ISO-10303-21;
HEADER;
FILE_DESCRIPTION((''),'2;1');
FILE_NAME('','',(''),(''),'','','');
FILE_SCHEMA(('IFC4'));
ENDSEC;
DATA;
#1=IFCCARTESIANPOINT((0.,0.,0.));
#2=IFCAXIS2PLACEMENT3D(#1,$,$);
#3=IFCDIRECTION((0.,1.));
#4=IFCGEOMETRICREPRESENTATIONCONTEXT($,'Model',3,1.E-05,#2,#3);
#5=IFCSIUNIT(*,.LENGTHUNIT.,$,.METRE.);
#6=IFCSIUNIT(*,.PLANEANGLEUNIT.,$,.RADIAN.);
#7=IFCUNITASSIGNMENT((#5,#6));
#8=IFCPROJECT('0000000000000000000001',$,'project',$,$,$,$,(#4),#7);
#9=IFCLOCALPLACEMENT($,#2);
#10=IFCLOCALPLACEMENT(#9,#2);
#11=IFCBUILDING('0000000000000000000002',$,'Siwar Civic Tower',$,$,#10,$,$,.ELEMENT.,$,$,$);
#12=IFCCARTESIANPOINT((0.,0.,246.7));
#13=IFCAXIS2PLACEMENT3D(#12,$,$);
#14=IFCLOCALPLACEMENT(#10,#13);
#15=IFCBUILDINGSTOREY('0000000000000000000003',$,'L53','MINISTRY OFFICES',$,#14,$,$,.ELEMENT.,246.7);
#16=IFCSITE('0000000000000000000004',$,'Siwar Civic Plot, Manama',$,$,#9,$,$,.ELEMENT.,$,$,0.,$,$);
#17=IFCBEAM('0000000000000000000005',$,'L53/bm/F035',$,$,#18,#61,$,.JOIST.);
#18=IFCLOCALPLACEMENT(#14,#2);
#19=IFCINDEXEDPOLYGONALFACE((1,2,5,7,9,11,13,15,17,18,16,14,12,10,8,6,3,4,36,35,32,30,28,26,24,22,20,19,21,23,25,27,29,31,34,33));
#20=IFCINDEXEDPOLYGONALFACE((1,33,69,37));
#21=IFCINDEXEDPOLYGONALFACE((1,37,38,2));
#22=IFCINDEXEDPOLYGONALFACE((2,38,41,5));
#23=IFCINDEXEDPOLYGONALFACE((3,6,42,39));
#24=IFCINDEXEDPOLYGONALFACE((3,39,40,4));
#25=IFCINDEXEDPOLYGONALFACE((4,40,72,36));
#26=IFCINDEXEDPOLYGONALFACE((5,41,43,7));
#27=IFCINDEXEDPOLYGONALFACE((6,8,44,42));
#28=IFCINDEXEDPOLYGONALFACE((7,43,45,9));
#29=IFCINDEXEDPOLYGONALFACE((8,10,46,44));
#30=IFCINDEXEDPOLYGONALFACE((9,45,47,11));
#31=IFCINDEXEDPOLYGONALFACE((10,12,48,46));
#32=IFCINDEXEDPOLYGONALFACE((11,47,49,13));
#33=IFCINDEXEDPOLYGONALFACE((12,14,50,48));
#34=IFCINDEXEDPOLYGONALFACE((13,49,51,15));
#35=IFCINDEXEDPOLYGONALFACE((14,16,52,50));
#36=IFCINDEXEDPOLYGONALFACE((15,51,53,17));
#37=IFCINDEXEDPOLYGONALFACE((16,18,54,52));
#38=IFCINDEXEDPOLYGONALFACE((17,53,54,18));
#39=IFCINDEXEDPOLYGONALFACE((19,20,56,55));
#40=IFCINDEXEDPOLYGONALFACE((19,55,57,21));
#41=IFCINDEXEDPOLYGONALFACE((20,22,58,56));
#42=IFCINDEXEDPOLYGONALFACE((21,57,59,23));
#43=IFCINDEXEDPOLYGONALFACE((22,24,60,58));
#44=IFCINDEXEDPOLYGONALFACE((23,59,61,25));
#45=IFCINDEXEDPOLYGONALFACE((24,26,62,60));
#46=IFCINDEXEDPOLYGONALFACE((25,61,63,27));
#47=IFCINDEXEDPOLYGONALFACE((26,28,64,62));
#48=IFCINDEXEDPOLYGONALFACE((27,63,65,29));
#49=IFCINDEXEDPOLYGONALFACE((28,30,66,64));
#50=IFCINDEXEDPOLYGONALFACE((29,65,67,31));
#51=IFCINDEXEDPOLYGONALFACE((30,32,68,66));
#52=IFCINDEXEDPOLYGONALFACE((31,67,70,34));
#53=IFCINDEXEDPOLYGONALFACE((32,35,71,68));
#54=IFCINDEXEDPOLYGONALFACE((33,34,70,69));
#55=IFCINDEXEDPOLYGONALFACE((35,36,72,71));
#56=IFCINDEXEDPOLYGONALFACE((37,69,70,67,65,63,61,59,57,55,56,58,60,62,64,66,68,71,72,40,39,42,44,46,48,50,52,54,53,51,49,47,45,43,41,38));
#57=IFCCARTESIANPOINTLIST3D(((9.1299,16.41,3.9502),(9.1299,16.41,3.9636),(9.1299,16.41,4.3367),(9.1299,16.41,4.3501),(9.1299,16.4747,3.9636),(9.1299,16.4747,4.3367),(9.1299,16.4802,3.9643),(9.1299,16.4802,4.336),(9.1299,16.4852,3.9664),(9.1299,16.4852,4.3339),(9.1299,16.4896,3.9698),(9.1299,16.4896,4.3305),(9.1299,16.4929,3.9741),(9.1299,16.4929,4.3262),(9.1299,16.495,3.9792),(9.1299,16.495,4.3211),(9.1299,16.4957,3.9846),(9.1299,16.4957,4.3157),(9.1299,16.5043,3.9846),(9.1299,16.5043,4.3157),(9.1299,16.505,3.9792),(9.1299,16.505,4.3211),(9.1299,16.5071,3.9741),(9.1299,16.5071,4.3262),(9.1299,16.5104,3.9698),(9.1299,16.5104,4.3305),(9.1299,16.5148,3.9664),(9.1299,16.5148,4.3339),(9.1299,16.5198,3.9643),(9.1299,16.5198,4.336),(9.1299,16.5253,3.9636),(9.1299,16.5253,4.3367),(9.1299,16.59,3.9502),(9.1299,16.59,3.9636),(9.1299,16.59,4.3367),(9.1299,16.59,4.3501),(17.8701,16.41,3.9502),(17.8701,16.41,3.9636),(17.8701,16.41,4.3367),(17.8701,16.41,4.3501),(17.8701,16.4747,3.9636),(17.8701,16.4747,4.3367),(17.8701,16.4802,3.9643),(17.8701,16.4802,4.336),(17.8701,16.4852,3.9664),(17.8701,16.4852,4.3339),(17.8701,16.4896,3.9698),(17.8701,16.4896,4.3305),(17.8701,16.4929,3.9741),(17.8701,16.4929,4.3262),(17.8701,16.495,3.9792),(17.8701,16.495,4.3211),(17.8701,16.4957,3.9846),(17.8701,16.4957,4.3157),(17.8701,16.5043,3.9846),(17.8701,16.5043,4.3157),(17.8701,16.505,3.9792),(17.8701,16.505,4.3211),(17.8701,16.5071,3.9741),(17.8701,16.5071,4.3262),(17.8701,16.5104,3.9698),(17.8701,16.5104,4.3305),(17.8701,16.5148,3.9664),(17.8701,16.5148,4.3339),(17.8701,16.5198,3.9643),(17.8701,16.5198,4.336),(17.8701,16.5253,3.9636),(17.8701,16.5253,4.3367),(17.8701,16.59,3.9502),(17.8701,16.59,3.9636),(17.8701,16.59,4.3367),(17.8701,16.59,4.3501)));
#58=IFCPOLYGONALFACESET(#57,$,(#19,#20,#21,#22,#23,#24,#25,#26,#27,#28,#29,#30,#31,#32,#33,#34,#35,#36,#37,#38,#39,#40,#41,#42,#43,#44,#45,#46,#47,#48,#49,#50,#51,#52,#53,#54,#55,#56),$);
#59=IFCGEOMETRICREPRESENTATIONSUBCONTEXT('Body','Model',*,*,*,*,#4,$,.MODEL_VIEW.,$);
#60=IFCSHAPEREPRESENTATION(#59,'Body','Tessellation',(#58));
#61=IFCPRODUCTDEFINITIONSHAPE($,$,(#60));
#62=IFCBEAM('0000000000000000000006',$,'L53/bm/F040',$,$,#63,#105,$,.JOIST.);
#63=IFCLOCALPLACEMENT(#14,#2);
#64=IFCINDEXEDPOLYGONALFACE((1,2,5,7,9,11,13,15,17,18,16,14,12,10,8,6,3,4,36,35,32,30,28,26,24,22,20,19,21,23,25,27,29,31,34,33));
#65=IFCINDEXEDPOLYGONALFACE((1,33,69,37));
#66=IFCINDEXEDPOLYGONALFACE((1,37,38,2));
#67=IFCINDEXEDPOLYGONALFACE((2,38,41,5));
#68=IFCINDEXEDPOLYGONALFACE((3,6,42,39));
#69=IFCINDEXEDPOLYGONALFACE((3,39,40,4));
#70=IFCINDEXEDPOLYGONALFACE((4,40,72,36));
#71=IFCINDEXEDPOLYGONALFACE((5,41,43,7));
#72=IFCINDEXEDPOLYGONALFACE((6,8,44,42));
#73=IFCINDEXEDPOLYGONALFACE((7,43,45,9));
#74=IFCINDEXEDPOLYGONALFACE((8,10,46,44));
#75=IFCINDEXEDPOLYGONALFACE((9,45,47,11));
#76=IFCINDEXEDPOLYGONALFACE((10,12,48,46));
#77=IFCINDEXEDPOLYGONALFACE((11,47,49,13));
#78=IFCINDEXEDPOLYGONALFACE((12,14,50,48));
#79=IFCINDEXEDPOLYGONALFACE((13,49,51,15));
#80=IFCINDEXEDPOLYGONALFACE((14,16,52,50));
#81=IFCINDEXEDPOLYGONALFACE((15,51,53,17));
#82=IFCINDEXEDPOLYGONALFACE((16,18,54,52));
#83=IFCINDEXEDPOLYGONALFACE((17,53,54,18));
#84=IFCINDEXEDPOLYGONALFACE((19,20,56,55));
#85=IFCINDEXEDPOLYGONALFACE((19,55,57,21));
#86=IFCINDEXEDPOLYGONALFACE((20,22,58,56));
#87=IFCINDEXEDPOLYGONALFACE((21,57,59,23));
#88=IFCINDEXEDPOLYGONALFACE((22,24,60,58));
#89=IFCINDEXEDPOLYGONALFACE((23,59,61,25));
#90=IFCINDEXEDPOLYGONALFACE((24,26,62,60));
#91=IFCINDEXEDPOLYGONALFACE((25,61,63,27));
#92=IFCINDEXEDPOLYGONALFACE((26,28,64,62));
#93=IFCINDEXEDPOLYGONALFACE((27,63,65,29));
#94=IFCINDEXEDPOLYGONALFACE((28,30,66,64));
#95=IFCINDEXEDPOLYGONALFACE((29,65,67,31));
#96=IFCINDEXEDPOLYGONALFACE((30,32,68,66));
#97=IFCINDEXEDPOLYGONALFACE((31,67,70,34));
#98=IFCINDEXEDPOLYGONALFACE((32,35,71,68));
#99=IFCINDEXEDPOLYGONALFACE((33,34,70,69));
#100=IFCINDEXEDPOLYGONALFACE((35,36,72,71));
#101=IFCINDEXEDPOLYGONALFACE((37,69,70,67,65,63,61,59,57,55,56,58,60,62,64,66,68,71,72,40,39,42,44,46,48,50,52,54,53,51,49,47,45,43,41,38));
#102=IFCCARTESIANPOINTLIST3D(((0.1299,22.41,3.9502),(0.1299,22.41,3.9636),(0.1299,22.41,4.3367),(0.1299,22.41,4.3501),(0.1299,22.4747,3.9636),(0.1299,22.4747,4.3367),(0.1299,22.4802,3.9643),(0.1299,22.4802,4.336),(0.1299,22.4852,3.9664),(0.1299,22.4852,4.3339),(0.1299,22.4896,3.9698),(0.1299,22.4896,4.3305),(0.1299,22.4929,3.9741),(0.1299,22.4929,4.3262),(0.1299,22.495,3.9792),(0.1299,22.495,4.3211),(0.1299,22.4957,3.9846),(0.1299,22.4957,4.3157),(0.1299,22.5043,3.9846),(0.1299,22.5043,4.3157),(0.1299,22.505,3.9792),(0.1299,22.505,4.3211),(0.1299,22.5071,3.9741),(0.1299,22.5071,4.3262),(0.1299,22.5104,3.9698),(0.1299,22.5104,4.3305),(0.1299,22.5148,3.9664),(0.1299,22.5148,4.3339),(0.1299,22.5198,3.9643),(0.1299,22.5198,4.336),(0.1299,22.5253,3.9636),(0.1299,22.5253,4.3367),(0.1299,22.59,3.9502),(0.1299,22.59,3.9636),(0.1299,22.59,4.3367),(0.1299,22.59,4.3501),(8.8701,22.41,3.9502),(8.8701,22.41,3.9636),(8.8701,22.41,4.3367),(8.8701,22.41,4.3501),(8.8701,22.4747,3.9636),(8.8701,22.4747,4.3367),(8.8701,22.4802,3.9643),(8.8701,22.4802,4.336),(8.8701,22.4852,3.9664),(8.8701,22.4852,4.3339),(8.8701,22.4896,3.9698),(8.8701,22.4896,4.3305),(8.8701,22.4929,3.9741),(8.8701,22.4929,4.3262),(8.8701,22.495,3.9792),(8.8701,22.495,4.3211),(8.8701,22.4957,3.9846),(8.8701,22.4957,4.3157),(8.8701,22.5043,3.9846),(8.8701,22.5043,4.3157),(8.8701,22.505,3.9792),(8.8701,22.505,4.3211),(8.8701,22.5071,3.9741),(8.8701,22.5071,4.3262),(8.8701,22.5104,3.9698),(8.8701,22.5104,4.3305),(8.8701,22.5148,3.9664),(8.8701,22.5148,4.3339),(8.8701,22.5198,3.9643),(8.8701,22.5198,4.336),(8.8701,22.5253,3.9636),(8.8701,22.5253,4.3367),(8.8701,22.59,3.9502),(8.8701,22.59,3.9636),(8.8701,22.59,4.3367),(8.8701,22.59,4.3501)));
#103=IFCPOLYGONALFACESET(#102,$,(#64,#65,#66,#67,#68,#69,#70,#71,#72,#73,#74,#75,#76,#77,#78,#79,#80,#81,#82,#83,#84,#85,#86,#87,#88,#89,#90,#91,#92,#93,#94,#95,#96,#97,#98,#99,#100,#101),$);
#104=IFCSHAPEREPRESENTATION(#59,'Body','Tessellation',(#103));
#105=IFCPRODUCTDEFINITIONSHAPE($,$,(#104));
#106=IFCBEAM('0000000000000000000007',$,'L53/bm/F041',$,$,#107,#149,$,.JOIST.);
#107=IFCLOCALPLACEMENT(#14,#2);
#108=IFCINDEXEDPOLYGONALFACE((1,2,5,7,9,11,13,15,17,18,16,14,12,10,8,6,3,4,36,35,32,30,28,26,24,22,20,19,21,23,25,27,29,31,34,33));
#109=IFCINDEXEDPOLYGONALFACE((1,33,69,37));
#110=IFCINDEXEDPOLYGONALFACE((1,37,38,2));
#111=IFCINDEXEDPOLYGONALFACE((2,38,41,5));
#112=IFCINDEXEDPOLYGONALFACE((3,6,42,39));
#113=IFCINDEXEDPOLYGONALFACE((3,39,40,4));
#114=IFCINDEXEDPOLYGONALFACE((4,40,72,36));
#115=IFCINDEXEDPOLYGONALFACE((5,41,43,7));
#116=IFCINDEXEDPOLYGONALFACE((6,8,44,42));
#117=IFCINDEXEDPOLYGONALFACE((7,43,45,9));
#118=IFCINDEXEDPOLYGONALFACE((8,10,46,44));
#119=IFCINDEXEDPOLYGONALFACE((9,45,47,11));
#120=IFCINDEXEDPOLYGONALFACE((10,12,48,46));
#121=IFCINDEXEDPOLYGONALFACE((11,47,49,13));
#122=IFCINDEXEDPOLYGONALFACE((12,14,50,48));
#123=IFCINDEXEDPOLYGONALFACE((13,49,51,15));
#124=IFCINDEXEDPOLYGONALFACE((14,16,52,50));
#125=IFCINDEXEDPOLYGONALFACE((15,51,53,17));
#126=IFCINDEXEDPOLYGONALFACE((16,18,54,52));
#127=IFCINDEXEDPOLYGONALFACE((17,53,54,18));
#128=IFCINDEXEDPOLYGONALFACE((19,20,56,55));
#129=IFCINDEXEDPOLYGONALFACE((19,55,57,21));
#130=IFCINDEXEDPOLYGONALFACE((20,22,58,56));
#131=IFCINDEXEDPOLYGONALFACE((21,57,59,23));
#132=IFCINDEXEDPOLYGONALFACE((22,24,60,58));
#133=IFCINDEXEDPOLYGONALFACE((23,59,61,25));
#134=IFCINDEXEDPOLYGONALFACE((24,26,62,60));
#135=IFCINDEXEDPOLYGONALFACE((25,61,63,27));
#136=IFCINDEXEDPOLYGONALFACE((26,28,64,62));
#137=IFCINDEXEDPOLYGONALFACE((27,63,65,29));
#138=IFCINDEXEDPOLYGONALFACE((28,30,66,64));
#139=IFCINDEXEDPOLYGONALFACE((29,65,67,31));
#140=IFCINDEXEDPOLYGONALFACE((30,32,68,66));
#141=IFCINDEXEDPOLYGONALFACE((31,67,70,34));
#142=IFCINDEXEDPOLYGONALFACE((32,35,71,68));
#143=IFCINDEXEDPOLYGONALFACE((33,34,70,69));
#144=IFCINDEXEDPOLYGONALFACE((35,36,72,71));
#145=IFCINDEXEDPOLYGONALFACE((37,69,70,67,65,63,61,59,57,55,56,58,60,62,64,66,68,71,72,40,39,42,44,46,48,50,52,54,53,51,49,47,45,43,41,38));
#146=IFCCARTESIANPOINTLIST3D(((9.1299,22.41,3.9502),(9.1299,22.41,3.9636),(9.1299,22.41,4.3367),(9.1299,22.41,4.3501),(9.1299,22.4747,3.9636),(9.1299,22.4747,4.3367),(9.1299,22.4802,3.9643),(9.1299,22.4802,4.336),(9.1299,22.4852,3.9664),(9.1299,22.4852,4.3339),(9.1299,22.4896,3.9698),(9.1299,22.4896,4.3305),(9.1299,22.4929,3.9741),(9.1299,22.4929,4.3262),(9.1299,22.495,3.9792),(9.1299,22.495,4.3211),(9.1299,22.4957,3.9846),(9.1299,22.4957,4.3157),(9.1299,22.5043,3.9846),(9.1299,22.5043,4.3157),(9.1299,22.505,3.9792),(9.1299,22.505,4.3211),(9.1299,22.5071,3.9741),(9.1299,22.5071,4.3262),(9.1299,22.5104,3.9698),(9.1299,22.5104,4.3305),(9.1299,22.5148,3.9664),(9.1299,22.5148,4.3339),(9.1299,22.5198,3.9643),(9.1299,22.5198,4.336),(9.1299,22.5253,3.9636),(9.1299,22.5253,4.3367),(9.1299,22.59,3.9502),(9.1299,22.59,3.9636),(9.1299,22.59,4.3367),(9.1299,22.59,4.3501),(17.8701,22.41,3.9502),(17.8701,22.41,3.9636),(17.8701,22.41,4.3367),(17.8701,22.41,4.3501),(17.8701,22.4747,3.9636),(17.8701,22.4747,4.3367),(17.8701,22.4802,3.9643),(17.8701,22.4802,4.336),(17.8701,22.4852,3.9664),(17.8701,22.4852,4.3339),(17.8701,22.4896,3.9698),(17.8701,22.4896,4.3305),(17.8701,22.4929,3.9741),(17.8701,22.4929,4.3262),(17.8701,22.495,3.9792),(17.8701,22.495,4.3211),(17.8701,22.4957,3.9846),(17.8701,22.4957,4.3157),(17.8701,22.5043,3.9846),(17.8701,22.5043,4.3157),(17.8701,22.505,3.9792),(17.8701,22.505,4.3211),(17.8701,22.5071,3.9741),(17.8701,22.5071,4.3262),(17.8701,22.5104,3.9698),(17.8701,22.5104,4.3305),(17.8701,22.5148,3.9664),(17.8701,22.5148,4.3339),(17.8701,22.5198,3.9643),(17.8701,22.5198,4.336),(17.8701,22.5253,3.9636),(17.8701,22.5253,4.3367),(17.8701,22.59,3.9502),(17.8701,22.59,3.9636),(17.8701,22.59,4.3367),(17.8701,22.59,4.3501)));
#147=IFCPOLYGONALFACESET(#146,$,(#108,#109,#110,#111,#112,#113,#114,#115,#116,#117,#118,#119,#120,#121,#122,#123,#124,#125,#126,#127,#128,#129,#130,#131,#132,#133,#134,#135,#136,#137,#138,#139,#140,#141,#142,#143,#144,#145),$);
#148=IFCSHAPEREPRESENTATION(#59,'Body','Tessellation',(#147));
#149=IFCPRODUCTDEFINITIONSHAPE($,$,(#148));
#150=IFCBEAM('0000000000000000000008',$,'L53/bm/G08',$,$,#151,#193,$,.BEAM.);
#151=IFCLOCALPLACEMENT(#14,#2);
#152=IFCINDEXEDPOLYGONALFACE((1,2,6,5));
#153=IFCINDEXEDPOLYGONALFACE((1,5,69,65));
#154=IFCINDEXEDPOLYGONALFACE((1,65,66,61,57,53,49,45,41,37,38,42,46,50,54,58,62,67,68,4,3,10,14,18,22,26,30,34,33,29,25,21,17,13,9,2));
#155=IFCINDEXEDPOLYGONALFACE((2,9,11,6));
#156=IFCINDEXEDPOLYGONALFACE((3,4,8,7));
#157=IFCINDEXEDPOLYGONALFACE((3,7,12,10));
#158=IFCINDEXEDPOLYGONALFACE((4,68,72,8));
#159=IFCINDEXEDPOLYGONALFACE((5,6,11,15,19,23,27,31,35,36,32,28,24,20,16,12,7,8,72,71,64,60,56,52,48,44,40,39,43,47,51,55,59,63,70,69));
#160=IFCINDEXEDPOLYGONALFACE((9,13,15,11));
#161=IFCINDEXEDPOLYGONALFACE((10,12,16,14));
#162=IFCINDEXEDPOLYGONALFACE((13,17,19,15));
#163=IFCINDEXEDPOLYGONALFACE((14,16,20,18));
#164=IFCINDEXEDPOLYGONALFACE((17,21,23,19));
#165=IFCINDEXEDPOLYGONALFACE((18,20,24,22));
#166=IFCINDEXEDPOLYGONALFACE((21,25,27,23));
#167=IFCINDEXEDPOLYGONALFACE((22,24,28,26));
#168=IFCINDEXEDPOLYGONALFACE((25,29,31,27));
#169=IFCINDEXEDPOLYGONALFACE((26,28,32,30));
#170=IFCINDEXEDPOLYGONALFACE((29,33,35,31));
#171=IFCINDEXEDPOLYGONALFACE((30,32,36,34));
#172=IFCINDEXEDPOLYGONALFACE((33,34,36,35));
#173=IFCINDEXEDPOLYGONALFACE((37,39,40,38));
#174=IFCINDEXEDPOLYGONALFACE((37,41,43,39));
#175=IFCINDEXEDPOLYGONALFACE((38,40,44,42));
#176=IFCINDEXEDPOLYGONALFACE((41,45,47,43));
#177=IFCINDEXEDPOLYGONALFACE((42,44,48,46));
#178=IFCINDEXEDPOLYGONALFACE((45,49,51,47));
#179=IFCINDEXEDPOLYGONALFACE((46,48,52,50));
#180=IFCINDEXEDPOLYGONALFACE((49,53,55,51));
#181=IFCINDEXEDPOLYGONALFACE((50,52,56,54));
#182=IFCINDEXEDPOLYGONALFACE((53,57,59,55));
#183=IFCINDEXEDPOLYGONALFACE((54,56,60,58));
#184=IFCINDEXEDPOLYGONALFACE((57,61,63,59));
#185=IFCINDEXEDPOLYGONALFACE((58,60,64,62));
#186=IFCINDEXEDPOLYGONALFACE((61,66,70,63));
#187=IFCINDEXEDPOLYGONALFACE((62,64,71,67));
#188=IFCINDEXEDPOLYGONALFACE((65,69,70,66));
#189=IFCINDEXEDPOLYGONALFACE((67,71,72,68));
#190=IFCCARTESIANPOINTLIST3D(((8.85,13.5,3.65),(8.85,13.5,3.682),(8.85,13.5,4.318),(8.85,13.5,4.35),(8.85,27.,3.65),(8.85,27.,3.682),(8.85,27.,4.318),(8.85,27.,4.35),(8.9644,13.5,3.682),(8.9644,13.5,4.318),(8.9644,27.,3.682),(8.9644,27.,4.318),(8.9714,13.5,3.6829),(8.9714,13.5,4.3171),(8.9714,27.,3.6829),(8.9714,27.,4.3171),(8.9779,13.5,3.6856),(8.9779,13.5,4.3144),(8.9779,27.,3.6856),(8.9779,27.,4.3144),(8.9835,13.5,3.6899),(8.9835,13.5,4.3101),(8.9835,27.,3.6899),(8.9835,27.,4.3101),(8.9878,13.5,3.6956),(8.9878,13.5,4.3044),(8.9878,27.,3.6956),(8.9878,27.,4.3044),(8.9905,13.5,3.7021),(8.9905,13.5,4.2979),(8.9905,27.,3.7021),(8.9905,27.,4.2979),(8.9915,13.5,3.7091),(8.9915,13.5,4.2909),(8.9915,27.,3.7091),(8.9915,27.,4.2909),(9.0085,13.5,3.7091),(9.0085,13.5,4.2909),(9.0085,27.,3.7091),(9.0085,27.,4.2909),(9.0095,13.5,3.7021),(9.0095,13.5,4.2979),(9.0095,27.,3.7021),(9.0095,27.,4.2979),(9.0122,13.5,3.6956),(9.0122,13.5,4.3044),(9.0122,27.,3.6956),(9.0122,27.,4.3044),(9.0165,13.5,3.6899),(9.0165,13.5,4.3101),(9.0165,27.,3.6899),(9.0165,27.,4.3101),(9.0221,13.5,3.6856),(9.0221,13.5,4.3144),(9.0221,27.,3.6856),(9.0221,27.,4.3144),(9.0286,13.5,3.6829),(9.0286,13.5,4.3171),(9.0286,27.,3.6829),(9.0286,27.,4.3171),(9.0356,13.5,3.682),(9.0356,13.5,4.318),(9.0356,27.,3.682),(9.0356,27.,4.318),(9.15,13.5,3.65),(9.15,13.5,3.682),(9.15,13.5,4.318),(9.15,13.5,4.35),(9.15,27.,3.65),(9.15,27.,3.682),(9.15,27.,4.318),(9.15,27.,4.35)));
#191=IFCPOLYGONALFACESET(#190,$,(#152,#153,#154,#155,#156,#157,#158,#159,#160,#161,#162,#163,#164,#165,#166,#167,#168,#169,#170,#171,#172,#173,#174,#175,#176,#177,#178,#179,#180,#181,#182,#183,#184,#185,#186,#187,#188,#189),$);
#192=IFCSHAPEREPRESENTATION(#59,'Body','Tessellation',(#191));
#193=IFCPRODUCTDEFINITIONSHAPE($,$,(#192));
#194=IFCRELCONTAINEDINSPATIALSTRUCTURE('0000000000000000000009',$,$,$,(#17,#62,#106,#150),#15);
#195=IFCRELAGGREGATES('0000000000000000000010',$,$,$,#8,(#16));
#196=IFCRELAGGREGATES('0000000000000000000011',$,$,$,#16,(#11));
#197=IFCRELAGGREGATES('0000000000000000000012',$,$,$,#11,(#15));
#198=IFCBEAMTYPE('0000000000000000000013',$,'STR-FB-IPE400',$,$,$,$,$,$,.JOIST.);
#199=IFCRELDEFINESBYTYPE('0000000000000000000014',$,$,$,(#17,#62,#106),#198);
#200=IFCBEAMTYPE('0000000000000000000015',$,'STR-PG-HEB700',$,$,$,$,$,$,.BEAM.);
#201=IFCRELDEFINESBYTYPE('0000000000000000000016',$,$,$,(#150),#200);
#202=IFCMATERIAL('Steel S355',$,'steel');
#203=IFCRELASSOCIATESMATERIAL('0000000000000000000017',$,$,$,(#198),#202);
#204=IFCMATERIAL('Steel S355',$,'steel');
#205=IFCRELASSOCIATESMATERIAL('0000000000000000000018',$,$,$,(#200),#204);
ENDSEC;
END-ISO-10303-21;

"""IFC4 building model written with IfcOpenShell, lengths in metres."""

from ifc_helpers import new_model, si_unit, direction, frame, origin, origin_2d, place, context, subcontext, project, spatial, i_section, extrude, material, material_profile, profile_set, type_object, element, save


model = new_model("IFC4")

# Units and contexts
model_context = context("Model", 3, precision=1e-05, world=origin(), true_north=direction((0.0, 1.0)))
body_context = subcontext(model_context, "Body", "Model", "MODEL_VIEW")
ifc_project = project(units=[si_unit("LENGTHUNIT", "METRE"), si_unit("PLANEANGLEUNIT", "RADIAN")], contexts=[model_context])

# Site, building, storey
site_placement = place(None, origin())
site = spatial("IfcSite", under=ifc_project, at=site_placement, Name="Siwar Civic Plot, Manama", CompositionType="ELEMENT", RefElevation=0.0)
building_placement = place(site_placement, origin())
building = spatial("IfcBuilding", under=site, at=building_placement, Name="Siwar Civic Tower", CompositionType="ELEMENT")
storey_placement = place(building_placement, frame((0.0, 0.0, 246.7)))
storey = spatial("IfcBuildingStorey", under=building, at=storey_placement, Name="L53", Description="MINISTRY OFFICES", CompositionType="ELEMENT", Elevation=246.7)

# Beams
ifc_material_1 = material(Name="Steel S355", Category="steel")
ifc_material_profile_1 = material_profile(ifc_material_1, i_section(OverallWidth=0.1799, OverallDepth=0.3999, WebThickness=0.0085, FlangeThickness=0.0134, FilletRadius=0.021, at=origin_2d()), Name="IPE400")
ifc_profile_set_1 = profile_set([ifc_material_profile_1], Name="Steel S355")
beam_type_1 = type_object("IfcBeamType", Name="STR-FB-IPE400", PredefinedType="JOIST", material=ifc_profile_set_1)
for number, where, z_axis, x_axis, name in (
    (1, (9.1299, 16.5, 4.1501), (1.0, 0.0, 0.0), (0.0, 1.0, 0.0), "L53/bm/F035"),
    (2, (0.1299, 22.5, 4.1501), (1.0, 0.0, 0.0), (0.0, 1.0, 0.0), "L53/bm/F040"),
    (3, (9.1299, 22.5, 4.1501), (1.0, 0.0, 0.0), (0.0, 1.0, 0.0), "L53/bm/F041"),
):
    element("IfcBeam", number, at=place(storey_placement, frame(where, z_axis=z_axis, x_axis=x_axis)), inside=storey, type_object=beam_type_1, Name=name, PredefinedType="JOIST", context=body_context, shape_type="SweptSolid", body=[
        extrude(i_section(OverallWidth=0.1799, OverallDepth=0.3999, WebThickness=0.0085, FlangeThickness=0.0134, FilletRadius=0.021, at=origin_2d()), origin(), (0.0, 0.0, 1.0), 8.7402),
    ])
ifc_material_2 = material(Name="Steel S355", Category="steel")
ifc_material_profile_2 = material_profile(ifc_material_2, i_section(OverallWidth=0.3, OverallDepth=0.7, WebThickness=0.0171, FlangeThickness=0.032, FilletRadius=0.0271, at=origin_2d()), Name="HEB700")
ifc_profile_set_2 = profile_set([ifc_material_profile_2], Name="Steel S355")
beam_type_2 = type_object("IfcBeamType", Name="STR-PG-HEB700", PredefinedType="BEAM", material=ifc_profile_set_2)
beam_1_placement = place(storey_placement, frame((9.0, 13.5, 4.0), z_axis=(0.0, 1.0, 0.0), x_axis=(-1.0, 0.0, 0.0)))
element("IfcBeam", 4, at=beam_1_placement, inside=storey, type_object=beam_type_2, Name="L53/bm/G08", PredefinedType="BEAM", context=body_context, shape_type="SweptSolid", body=[
    extrude(i_section(OverallWidth=0.3, OverallDepth=0.7, WebThickness=0.0171, FlangeThickness=0.032, FilletRadius=0.0271, at=origin_2d()), origin(), (0.0, 0.0, 1.0), 13.5),
])

save(model, "model.ifc")
